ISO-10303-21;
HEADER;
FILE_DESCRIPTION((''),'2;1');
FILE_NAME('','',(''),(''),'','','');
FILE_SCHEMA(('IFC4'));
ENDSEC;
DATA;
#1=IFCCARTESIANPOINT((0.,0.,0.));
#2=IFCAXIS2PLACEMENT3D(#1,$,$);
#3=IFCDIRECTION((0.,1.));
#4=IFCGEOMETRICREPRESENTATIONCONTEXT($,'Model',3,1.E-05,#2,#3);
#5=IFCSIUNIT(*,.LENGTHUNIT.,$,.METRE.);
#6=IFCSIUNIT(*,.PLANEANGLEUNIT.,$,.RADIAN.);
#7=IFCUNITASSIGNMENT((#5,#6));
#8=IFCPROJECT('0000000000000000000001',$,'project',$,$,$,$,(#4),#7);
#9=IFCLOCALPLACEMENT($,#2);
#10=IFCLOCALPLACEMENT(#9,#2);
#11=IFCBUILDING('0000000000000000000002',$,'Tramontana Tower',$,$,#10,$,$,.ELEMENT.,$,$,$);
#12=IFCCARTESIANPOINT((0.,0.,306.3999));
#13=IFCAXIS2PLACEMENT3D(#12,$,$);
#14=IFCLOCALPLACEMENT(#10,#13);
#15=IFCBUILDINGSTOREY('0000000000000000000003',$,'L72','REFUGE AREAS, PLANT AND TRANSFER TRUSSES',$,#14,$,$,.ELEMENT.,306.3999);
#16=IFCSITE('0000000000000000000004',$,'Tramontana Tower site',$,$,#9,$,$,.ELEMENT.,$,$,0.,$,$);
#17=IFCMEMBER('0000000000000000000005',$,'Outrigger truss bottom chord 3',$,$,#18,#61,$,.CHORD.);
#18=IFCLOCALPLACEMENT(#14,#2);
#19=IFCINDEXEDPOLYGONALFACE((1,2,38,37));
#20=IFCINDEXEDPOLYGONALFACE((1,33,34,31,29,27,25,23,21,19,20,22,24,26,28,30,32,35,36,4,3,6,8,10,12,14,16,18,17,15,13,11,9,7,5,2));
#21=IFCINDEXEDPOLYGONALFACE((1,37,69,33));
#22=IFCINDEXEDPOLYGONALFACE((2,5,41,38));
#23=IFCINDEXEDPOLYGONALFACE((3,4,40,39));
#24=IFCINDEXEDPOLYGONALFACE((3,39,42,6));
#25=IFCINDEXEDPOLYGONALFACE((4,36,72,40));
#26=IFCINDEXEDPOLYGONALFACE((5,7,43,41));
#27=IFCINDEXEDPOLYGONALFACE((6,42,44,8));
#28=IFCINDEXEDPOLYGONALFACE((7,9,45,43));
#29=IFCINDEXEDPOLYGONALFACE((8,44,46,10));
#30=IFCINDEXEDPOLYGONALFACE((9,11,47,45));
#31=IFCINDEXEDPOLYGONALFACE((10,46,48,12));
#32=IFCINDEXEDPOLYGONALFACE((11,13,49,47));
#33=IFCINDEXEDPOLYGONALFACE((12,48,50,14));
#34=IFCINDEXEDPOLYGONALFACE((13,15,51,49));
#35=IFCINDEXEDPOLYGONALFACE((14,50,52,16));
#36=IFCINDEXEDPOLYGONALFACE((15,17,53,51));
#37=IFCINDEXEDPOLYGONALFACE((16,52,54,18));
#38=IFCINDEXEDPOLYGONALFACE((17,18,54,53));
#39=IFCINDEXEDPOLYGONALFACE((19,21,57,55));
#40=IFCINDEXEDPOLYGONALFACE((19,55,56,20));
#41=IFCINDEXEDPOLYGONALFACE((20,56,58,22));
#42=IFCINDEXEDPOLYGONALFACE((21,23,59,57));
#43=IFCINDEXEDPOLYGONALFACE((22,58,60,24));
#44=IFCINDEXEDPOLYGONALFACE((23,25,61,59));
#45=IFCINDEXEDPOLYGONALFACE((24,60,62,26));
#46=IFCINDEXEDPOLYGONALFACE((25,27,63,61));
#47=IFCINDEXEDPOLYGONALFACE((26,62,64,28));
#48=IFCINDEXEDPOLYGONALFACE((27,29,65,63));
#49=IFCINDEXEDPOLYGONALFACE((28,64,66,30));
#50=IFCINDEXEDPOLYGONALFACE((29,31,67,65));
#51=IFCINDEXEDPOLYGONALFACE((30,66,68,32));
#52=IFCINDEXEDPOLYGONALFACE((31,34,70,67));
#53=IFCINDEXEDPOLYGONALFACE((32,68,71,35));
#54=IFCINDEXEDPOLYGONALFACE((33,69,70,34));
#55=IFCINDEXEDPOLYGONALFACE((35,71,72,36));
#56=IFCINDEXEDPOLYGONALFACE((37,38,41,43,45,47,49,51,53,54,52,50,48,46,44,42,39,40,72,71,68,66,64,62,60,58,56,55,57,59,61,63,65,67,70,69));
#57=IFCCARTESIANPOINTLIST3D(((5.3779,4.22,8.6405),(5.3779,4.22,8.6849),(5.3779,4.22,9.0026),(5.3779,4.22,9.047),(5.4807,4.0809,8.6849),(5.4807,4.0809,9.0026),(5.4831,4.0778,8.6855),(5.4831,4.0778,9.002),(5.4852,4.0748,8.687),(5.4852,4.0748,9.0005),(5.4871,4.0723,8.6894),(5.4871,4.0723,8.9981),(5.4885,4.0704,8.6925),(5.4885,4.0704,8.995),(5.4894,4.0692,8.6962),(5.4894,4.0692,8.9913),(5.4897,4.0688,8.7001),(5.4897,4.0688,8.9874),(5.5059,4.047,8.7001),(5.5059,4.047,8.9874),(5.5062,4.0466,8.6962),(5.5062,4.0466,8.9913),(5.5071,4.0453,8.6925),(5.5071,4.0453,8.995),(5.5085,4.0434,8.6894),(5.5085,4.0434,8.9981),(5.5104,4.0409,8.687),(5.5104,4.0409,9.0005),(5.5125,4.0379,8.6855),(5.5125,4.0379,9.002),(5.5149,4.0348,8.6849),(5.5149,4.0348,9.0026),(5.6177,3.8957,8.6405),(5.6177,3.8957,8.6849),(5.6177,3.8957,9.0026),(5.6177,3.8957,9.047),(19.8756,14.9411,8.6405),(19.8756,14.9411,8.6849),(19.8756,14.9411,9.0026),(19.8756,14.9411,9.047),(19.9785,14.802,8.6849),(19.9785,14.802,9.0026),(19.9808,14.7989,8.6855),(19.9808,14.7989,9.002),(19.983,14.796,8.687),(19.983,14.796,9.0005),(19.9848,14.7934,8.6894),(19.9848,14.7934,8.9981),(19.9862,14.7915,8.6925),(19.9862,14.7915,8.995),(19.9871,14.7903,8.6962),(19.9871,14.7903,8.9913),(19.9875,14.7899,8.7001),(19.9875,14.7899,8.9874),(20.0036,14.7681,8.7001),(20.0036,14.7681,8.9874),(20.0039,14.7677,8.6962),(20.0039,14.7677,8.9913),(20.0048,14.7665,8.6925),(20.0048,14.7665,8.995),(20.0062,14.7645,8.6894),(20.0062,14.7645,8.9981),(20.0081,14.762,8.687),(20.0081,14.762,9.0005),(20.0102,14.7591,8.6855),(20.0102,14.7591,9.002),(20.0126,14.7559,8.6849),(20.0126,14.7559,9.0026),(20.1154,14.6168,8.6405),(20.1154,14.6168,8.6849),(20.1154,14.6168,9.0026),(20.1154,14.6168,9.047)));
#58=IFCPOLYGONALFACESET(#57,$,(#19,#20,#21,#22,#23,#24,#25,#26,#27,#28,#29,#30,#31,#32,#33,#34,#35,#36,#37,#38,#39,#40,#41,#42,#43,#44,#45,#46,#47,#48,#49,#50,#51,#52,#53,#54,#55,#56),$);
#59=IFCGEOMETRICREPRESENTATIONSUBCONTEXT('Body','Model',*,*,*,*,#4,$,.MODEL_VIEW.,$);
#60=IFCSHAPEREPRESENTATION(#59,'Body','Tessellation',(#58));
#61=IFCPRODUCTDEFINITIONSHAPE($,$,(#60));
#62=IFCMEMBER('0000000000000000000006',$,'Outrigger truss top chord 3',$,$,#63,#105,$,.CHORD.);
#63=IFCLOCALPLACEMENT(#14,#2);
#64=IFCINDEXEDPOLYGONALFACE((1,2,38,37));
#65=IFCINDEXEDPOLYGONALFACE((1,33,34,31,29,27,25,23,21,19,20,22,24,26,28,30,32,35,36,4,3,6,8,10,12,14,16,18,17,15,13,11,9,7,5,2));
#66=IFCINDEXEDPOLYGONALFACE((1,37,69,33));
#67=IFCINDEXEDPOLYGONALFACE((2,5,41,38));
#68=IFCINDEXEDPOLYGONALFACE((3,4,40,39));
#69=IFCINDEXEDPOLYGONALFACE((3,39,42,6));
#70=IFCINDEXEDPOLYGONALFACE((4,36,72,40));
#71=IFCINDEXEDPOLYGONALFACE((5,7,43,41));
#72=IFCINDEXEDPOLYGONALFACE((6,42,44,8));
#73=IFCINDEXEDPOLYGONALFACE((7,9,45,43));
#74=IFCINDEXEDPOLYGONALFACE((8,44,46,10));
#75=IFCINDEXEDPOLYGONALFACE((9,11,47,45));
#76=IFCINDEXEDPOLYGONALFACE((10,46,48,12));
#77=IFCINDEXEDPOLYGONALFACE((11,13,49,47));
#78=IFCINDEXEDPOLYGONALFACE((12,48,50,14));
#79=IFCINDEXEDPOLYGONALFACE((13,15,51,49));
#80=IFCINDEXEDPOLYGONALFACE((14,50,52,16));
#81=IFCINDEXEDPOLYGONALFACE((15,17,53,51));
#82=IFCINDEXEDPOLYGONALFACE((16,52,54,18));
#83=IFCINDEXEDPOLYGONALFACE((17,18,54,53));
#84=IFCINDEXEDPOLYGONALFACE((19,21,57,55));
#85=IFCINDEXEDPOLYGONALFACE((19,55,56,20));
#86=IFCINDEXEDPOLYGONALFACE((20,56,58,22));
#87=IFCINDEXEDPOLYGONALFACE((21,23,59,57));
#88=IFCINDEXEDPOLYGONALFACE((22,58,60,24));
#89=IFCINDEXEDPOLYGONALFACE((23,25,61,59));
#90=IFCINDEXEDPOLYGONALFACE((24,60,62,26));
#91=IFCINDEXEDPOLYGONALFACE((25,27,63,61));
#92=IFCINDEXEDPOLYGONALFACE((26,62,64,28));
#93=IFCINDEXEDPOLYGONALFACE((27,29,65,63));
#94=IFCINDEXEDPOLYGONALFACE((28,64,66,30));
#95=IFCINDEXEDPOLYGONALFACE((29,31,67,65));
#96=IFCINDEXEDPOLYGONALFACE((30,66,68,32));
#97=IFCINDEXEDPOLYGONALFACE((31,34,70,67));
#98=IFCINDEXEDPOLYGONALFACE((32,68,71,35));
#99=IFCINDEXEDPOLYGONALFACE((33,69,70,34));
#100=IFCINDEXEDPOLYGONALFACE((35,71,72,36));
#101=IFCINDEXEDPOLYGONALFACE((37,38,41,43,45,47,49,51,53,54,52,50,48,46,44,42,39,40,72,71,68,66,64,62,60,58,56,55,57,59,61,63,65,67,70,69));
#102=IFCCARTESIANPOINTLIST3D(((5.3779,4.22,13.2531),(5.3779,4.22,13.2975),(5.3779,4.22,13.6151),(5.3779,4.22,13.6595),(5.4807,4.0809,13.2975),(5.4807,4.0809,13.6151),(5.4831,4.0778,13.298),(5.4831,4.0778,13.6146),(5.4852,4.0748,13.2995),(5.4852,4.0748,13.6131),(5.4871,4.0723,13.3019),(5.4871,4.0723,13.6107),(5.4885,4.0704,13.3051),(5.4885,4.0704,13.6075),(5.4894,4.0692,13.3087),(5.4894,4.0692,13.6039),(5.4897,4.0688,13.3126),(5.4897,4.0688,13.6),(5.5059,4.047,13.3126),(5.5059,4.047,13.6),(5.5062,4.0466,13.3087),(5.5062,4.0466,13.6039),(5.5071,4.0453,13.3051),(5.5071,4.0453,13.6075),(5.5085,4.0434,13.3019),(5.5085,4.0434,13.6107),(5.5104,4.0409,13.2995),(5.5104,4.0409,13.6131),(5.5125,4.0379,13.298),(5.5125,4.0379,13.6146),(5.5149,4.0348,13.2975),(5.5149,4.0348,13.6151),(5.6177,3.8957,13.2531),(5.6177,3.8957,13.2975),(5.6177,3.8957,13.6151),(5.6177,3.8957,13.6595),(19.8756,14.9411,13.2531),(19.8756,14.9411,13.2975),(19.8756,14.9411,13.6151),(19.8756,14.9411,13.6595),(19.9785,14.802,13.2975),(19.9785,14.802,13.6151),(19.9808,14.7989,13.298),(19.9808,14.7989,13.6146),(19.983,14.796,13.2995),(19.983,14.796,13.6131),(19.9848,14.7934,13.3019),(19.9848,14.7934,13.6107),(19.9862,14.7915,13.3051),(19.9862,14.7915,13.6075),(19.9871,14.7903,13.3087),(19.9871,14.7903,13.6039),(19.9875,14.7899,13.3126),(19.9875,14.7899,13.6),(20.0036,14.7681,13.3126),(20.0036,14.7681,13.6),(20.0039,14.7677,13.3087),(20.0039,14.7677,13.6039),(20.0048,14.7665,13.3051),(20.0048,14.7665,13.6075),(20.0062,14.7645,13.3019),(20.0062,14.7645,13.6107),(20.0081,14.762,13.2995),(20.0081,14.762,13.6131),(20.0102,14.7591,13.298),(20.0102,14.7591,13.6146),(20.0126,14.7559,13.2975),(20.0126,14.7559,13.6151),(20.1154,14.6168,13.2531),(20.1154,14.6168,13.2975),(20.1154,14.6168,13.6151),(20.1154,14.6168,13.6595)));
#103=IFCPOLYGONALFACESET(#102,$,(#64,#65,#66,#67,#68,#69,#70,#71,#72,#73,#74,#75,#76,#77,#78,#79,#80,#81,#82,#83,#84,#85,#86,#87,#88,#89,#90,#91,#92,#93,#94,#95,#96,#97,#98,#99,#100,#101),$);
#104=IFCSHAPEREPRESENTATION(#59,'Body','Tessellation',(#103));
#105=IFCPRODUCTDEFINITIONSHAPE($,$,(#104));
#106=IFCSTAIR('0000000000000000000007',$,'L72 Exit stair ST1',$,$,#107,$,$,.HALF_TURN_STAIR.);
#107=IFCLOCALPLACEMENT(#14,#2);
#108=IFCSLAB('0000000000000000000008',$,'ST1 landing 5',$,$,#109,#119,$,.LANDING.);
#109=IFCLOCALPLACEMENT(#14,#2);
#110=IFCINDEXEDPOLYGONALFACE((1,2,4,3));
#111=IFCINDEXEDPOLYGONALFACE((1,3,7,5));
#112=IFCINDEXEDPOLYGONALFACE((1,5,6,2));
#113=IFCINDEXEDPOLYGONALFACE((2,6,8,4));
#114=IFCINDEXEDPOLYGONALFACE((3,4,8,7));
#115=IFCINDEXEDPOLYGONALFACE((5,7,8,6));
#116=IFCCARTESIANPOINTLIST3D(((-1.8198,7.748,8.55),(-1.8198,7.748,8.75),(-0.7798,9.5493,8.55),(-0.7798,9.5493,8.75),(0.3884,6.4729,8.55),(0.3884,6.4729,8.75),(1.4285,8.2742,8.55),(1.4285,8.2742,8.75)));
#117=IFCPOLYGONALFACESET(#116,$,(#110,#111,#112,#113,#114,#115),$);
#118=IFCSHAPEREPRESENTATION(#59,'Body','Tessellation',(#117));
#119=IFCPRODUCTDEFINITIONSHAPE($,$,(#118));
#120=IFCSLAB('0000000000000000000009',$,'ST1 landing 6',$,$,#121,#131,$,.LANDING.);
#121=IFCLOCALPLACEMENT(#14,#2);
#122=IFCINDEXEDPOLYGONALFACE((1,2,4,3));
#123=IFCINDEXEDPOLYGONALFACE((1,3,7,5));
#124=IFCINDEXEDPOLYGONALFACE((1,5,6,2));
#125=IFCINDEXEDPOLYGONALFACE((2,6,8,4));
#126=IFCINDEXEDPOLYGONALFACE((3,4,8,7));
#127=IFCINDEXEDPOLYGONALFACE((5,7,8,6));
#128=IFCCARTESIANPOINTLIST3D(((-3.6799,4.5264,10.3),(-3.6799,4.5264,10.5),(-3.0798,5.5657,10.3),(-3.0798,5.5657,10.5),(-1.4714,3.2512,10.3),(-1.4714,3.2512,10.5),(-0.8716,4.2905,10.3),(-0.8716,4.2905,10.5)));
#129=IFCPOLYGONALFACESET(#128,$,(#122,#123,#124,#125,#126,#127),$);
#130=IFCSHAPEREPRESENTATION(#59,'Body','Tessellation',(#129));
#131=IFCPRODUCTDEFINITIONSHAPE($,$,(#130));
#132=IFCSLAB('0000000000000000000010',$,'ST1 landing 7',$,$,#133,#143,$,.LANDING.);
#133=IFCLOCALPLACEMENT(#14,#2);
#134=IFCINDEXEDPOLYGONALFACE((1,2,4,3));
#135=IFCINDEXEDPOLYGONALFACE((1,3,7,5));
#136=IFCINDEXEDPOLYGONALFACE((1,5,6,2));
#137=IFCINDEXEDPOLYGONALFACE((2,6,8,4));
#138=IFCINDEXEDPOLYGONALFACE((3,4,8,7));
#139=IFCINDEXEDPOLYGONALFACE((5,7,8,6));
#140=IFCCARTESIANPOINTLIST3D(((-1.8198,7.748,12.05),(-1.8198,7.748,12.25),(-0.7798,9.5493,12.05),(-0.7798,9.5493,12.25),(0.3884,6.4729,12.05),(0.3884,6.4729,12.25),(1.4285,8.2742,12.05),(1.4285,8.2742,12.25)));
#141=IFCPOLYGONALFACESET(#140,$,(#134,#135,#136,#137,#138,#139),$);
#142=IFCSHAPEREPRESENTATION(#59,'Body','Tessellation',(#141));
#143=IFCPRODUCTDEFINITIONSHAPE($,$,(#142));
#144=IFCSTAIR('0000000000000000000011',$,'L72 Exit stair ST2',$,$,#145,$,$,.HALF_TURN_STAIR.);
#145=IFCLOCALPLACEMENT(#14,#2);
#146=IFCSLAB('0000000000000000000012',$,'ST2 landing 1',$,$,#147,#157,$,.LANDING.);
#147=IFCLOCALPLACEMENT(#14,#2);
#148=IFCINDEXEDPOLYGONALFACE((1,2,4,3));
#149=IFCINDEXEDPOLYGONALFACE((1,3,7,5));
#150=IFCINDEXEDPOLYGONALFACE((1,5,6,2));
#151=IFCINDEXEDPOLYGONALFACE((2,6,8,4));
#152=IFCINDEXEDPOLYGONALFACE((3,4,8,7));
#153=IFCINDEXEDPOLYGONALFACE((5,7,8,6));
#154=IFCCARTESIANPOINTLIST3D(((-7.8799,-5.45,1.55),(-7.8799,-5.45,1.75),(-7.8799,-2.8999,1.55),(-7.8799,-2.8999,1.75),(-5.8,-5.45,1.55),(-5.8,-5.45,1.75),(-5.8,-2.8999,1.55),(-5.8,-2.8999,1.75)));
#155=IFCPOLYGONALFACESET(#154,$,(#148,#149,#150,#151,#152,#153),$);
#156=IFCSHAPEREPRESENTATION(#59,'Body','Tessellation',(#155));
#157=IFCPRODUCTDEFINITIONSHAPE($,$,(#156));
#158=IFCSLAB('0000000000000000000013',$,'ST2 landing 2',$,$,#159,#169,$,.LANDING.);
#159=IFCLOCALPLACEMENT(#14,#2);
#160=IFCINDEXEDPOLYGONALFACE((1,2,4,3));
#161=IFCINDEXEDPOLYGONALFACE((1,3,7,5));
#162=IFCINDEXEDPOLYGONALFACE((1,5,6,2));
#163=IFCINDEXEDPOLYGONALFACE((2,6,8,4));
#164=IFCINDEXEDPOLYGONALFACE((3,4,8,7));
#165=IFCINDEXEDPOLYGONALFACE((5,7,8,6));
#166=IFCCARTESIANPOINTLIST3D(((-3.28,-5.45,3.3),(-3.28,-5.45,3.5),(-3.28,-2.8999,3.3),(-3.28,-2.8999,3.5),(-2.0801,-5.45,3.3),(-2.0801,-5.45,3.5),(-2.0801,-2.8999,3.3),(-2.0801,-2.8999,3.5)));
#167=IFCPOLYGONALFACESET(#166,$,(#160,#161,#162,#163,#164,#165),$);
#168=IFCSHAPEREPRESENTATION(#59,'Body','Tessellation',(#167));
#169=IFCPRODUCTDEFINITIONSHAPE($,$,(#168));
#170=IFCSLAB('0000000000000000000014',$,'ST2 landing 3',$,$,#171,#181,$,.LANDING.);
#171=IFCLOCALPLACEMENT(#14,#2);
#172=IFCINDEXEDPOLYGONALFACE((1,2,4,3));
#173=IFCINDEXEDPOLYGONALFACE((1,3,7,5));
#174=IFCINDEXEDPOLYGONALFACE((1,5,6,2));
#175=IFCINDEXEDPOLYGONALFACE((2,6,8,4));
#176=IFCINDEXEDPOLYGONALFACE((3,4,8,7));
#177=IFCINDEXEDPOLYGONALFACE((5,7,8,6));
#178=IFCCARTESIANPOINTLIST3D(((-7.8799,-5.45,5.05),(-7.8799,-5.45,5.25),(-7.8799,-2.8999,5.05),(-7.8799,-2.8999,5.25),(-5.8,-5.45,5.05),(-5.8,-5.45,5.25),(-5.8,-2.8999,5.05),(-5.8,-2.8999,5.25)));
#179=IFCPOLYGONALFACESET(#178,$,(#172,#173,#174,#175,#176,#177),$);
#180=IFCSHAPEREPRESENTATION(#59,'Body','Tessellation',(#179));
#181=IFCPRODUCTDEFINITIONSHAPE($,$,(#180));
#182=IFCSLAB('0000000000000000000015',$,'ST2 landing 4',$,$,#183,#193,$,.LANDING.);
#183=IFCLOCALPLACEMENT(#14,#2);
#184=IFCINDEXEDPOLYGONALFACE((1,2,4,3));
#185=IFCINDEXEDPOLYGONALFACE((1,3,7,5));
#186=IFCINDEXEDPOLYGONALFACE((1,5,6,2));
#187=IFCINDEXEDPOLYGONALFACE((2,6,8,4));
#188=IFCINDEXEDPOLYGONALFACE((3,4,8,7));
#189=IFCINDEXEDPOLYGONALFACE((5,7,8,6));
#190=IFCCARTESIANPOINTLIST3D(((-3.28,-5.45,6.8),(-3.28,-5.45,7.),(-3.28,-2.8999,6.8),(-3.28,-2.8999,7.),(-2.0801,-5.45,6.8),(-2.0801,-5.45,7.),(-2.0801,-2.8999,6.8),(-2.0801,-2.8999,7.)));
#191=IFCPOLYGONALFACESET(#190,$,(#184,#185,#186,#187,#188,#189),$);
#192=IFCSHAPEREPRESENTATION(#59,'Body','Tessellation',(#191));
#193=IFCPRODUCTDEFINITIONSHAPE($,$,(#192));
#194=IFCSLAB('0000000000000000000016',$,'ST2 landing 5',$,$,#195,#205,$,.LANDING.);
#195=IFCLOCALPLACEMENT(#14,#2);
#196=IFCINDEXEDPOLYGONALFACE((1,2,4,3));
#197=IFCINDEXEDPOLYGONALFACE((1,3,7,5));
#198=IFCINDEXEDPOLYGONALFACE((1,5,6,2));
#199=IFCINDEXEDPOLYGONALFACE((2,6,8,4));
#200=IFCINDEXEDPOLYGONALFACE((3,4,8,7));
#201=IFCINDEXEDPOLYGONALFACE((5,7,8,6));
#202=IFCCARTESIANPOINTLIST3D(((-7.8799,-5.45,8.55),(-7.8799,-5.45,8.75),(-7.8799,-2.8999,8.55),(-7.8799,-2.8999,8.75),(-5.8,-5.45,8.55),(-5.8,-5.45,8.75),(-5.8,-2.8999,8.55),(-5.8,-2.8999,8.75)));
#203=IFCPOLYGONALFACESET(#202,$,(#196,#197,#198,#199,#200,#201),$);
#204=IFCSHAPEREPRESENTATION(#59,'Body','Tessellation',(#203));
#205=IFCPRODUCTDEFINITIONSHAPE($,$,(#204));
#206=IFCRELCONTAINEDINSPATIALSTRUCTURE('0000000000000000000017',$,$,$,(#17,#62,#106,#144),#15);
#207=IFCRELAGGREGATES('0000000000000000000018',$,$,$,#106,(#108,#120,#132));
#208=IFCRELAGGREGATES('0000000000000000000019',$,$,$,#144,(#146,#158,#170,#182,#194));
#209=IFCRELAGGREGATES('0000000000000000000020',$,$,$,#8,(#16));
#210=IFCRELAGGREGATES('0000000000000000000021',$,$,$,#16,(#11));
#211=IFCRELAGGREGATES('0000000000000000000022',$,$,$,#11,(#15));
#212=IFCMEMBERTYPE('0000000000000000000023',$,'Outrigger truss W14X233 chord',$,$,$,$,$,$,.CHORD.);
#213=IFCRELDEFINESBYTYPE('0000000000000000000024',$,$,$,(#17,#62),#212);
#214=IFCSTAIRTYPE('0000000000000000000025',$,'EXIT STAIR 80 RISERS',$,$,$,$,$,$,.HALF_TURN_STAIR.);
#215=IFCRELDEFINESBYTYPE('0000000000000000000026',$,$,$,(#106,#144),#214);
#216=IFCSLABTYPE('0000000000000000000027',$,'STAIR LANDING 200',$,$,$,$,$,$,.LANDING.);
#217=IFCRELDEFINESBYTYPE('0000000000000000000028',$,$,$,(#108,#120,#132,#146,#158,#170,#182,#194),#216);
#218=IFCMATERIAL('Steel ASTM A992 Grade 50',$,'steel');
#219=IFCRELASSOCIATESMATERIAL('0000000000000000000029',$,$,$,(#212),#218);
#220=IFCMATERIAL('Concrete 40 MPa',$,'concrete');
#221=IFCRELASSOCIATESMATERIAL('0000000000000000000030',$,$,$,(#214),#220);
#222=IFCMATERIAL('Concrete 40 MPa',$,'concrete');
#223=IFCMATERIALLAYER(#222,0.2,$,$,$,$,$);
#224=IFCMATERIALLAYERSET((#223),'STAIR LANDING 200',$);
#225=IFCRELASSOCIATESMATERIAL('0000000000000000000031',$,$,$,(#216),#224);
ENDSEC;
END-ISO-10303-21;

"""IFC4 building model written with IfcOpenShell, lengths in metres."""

from ifc_helpers import new_model, si_unit, direction, frame, origin, origin_2d, place, context, subcontext, project, spatial, polyline, i_section, outline, extrude, material, layer, layer_set, material_profile, profile_set, type_object, element, aggregate, save


model = new_model("IFC4")

# Units and contexts
model_context = context("Model", 3, precision=1e-05, world=origin(), true_north=direction((0.0, 1.0)))
body_context = subcontext(model_context, "Body", "Model", "MODEL_VIEW")
ifc_project = project(units=[si_unit("LENGTHUNIT", "METRE"), si_unit("PLANEANGLEUNIT", "RADIAN")], contexts=[model_context])

# Site, building, storey
site_placement = place(None, origin())
site = spatial("IfcSite", under=ifc_project, at=site_placement, Name="Tramontana Tower site", CompositionType="ELEMENT", RefElevation=0.0)
building_placement = place(site_placement, origin())
building = spatial("IfcBuilding", under=site, at=building_placement, Name="Tramontana Tower", CompositionType="ELEMENT")
storey_placement = place(building_placement, frame((0.0, 0.0, 306.3999)))
storey = spatial("IfcBuildingStorey", under=building, at=storey_placement, Name="L72", Description="REFUGE AREAS, PLANT AND TRANSFER TRUSSES", CompositionType="ELEMENT", Elevation=306.3999)

# Members
ifc_material_1 = material(Name="Steel ASTM A992 Grade 50", Category="steel")
ifc_material_profile = material_profile(ifc_material_1, i_section(OverallWidth=0.4033, OverallDepth=0.4065, WebThickness=0.0271, FlangeThickness=0.0444, FilletRadius=0.0151, at=origin_2d()), Name="W14X233")
ifc_profile_set = profile_set([ifc_material_profile], Name="Steel ASTM A992 Grade 50")
member_type = type_object("IfcMemberType", Name="Outrigger truss W14X233 chord", PredefinedType="CHORD", material=ifc_profile_set)
for number, where, z_axis, x_axis, name in (
    (1, (5.4978, 4.0579, 8.8438), (0.804032, 0.594586, 0.0), (-0.594586, 0.804032, 0.0), "Outrigger truss bottom chord 3"),
    (2, (5.4978, 4.0579, 13.4563), (0.804032, 0.594586, 0.0), (-0.594586, 0.804032, 0.0), "Outrigger truss top chord 3"),
):
    element("IfcMember", number, at=place(storey_placement, frame(where, z_axis=z_axis, x_axis=x_axis)), inside=storey, type_object=member_type, Name=name, PredefinedType="CHORD", context=body_context, shape_type="SweptSolid", body=[
        extrude(i_section(OverallWidth=0.4033, OverallDepth=0.4065, WebThickness=0.0271, FlangeThickness=0.0444, FilletRadius=0.0151, at=origin_2d()), origin(), (0.0, 0.0, 1.0), 18.0312),
    ])

# Stairs, slabs
ifc_material_2 = material(Name="Concrete 40 MPa", Category="concrete")
stair_type = type_object("IfcStairType", Name="EXIT STAIR 80 RISERS", PredefinedType="HALF_TURN_STAIR", material=ifc_material_2)
stair_1_placement = place(storey_placement, origin())
stair_1 = element("IfcStair", 3, at=stair_1_placement, inside=storey, type_object=stair_type, Name="L72 Exit stair ST1", PredefinedType="HALF_TURN_STAIR")
ifc_material_3 = material(Name="Concrete 40 MPa", Category="concrete")
ifc_layer_1 = layer(ifc_material_3, 0.2)
ifc_layer_set_1 = layer_set([ifc_layer_1], Name="STAIR LANDING 200")
slab_type = type_object("IfcSlabType", Name="STAIR LANDING 200", PredefinedType="LANDING", material=ifc_layer_set_1)
slab_1_placement = place(storey_placement, frame((0.0, 0.0, 8.55)))
slab_1 = element("IfcSlab", 4, at=slab_1_placement, type_object=slab_type, Name="ST1 landing 5", PredefinedType="LANDING", context=body_context, shape_type="SweptSolid", body=[
    extrude(outline(polyline([(0.3884, 6.4729), (1.4285, 8.2742), (-0.7798, 9.5493), (-1.8198, 7.748), (0.3884, 6.4729)])), origin(), (0.0, 0.0, 1.0), 0.2),
])
slab_2_placement = place(storey_placement, frame((0.0, 0.0, 10.3)))
slab_2 = element("IfcSlab", 5, at=slab_2_placement, type_object=slab_type, Name="ST1 landing 6", PredefinedType="LANDING", context=body_context, shape_type="SweptSolid", body=[
    extrude(outline(polyline([(-1.4714, 3.2512), (-0.8716, 4.2905), (-3.0798, 5.5657), (-3.6799, 4.5264), (-1.4714, 3.2512)])), origin(), (0.0, 0.0, 1.0), 0.2),
])
slab_3_placement = place(storey_placement, frame((0.0, 0.0, 12.05)))
slab_3 = element("IfcSlab", 6, at=slab_3_placement, type_object=slab_type, Name="ST1 landing 7", PredefinedType="LANDING", context=body_context, shape_type="SweptSolid", body=[
    extrude(outline(polyline([(0.3884, 6.4729), (1.4285, 8.2742), (-0.7798, 9.5493), (-1.8198, 7.748), (0.3884, 6.4729)])), origin(), (0.0, 0.0, 1.0), 0.2),
])
aggregate(stair_1, [slab_1, slab_2, slab_3])
stair_2_placement = place(storey_placement, origin())
stair_2 = element("IfcStair", 7, at=stair_2_placement, inside=storey, type_object=stair_type, Name="L72 Exit stair ST2", PredefinedType="HALF_TURN_STAIR")
slab_4_placement = place(storey_placement, frame((0.0, 0.0, 1.55)))
slab_4 = element("IfcSlab", 8, at=slab_4_placement, type_object=slab_type, Name="ST2 landing 1", PredefinedType="LANDING", context=body_context, shape_type="SweptSolid", body=[
    extrude(outline(polyline([(-5.8, -2.8999), (-7.8799, -2.8999), (-7.8799, -5.45), (-5.8, -5.45), (-5.8, -2.8999)])), origin(), (0.0, 0.0, 1.0), 0.2),
])
slab_5_placement = place(storey_placement, frame((0.0, 0.0, 3.3)))
slab_5 = element("IfcSlab", 9, at=slab_5_placement, type_object=slab_type, Name="ST2 landing 2", PredefinedType="LANDING", context=body_context, shape_type="SweptSolid", body=[
    extrude(outline(polyline([(-2.0801, -2.8999), (-3.28, -2.8999), (-3.28, -5.45), (-2.0801, -5.45), (-2.0801, -2.8999)])), origin(), (0.0, 0.0, 1.0), 0.2),
])
slab_6_placement = place(storey_placement, frame((0.0, 0.0, 5.05)))
slab_6 = element("IfcSlab", 10, at=slab_6_placement, type_object=slab_type, Name="ST2 landing 3", PredefinedType="LANDING", context=body_context, shape_type="SweptSolid", body=[
    extrude(outline(polyline([(-5.8, -2.8999), (-7.8799, -2.8999), (-7.8799, -5.45), (-5.8, -5.45), (-5.8, -2.8999)])), origin(), (0.0, 0.0, 1.0), 0.2),
])
slab_7_placement = place(storey_placement, frame((0.0, 0.0, 6.8)))
slab_7 = element("IfcSlab", 11, at=slab_7_placement, type_object=slab_type, Name="ST2 landing 4", PredefinedType="LANDING", context=body_context, shape_type="SweptSolid", body=[
    extrude(outline(polyline([(-2.0801, -2.8999), (-3.28, -2.8999), (-3.28, -5.45), (-2.0801, -5.45), (-2.0801, -2.8999)])), origin(), (0.0, 0.0, 1.0), 0.2),
])
slab_8_placement = place(storey_placement, frame((0.0, 0.0, 8.55)))
slab_8 = element("IfcSlab", 12, at=slab_8_placement, type_object=slab_type, Name="ST2 landing 5", PredefinedType="LANDING", context=body_context, shape_type="SweptSolid", body=[
    extrude(outline(polyline([(-5.8, -2.8999), (-7.8799, -2.8999), (-7.8799, -5.45), (-5.8, -5.45), (-5.8, -2.8999)])), origin(), (0.0, 0.0, 1.0), 0.2),
])
aggregate(stair_2, [slab_4, slab_5, slab_6, slab_7, slab_8])

save(model, "model.ifc")
